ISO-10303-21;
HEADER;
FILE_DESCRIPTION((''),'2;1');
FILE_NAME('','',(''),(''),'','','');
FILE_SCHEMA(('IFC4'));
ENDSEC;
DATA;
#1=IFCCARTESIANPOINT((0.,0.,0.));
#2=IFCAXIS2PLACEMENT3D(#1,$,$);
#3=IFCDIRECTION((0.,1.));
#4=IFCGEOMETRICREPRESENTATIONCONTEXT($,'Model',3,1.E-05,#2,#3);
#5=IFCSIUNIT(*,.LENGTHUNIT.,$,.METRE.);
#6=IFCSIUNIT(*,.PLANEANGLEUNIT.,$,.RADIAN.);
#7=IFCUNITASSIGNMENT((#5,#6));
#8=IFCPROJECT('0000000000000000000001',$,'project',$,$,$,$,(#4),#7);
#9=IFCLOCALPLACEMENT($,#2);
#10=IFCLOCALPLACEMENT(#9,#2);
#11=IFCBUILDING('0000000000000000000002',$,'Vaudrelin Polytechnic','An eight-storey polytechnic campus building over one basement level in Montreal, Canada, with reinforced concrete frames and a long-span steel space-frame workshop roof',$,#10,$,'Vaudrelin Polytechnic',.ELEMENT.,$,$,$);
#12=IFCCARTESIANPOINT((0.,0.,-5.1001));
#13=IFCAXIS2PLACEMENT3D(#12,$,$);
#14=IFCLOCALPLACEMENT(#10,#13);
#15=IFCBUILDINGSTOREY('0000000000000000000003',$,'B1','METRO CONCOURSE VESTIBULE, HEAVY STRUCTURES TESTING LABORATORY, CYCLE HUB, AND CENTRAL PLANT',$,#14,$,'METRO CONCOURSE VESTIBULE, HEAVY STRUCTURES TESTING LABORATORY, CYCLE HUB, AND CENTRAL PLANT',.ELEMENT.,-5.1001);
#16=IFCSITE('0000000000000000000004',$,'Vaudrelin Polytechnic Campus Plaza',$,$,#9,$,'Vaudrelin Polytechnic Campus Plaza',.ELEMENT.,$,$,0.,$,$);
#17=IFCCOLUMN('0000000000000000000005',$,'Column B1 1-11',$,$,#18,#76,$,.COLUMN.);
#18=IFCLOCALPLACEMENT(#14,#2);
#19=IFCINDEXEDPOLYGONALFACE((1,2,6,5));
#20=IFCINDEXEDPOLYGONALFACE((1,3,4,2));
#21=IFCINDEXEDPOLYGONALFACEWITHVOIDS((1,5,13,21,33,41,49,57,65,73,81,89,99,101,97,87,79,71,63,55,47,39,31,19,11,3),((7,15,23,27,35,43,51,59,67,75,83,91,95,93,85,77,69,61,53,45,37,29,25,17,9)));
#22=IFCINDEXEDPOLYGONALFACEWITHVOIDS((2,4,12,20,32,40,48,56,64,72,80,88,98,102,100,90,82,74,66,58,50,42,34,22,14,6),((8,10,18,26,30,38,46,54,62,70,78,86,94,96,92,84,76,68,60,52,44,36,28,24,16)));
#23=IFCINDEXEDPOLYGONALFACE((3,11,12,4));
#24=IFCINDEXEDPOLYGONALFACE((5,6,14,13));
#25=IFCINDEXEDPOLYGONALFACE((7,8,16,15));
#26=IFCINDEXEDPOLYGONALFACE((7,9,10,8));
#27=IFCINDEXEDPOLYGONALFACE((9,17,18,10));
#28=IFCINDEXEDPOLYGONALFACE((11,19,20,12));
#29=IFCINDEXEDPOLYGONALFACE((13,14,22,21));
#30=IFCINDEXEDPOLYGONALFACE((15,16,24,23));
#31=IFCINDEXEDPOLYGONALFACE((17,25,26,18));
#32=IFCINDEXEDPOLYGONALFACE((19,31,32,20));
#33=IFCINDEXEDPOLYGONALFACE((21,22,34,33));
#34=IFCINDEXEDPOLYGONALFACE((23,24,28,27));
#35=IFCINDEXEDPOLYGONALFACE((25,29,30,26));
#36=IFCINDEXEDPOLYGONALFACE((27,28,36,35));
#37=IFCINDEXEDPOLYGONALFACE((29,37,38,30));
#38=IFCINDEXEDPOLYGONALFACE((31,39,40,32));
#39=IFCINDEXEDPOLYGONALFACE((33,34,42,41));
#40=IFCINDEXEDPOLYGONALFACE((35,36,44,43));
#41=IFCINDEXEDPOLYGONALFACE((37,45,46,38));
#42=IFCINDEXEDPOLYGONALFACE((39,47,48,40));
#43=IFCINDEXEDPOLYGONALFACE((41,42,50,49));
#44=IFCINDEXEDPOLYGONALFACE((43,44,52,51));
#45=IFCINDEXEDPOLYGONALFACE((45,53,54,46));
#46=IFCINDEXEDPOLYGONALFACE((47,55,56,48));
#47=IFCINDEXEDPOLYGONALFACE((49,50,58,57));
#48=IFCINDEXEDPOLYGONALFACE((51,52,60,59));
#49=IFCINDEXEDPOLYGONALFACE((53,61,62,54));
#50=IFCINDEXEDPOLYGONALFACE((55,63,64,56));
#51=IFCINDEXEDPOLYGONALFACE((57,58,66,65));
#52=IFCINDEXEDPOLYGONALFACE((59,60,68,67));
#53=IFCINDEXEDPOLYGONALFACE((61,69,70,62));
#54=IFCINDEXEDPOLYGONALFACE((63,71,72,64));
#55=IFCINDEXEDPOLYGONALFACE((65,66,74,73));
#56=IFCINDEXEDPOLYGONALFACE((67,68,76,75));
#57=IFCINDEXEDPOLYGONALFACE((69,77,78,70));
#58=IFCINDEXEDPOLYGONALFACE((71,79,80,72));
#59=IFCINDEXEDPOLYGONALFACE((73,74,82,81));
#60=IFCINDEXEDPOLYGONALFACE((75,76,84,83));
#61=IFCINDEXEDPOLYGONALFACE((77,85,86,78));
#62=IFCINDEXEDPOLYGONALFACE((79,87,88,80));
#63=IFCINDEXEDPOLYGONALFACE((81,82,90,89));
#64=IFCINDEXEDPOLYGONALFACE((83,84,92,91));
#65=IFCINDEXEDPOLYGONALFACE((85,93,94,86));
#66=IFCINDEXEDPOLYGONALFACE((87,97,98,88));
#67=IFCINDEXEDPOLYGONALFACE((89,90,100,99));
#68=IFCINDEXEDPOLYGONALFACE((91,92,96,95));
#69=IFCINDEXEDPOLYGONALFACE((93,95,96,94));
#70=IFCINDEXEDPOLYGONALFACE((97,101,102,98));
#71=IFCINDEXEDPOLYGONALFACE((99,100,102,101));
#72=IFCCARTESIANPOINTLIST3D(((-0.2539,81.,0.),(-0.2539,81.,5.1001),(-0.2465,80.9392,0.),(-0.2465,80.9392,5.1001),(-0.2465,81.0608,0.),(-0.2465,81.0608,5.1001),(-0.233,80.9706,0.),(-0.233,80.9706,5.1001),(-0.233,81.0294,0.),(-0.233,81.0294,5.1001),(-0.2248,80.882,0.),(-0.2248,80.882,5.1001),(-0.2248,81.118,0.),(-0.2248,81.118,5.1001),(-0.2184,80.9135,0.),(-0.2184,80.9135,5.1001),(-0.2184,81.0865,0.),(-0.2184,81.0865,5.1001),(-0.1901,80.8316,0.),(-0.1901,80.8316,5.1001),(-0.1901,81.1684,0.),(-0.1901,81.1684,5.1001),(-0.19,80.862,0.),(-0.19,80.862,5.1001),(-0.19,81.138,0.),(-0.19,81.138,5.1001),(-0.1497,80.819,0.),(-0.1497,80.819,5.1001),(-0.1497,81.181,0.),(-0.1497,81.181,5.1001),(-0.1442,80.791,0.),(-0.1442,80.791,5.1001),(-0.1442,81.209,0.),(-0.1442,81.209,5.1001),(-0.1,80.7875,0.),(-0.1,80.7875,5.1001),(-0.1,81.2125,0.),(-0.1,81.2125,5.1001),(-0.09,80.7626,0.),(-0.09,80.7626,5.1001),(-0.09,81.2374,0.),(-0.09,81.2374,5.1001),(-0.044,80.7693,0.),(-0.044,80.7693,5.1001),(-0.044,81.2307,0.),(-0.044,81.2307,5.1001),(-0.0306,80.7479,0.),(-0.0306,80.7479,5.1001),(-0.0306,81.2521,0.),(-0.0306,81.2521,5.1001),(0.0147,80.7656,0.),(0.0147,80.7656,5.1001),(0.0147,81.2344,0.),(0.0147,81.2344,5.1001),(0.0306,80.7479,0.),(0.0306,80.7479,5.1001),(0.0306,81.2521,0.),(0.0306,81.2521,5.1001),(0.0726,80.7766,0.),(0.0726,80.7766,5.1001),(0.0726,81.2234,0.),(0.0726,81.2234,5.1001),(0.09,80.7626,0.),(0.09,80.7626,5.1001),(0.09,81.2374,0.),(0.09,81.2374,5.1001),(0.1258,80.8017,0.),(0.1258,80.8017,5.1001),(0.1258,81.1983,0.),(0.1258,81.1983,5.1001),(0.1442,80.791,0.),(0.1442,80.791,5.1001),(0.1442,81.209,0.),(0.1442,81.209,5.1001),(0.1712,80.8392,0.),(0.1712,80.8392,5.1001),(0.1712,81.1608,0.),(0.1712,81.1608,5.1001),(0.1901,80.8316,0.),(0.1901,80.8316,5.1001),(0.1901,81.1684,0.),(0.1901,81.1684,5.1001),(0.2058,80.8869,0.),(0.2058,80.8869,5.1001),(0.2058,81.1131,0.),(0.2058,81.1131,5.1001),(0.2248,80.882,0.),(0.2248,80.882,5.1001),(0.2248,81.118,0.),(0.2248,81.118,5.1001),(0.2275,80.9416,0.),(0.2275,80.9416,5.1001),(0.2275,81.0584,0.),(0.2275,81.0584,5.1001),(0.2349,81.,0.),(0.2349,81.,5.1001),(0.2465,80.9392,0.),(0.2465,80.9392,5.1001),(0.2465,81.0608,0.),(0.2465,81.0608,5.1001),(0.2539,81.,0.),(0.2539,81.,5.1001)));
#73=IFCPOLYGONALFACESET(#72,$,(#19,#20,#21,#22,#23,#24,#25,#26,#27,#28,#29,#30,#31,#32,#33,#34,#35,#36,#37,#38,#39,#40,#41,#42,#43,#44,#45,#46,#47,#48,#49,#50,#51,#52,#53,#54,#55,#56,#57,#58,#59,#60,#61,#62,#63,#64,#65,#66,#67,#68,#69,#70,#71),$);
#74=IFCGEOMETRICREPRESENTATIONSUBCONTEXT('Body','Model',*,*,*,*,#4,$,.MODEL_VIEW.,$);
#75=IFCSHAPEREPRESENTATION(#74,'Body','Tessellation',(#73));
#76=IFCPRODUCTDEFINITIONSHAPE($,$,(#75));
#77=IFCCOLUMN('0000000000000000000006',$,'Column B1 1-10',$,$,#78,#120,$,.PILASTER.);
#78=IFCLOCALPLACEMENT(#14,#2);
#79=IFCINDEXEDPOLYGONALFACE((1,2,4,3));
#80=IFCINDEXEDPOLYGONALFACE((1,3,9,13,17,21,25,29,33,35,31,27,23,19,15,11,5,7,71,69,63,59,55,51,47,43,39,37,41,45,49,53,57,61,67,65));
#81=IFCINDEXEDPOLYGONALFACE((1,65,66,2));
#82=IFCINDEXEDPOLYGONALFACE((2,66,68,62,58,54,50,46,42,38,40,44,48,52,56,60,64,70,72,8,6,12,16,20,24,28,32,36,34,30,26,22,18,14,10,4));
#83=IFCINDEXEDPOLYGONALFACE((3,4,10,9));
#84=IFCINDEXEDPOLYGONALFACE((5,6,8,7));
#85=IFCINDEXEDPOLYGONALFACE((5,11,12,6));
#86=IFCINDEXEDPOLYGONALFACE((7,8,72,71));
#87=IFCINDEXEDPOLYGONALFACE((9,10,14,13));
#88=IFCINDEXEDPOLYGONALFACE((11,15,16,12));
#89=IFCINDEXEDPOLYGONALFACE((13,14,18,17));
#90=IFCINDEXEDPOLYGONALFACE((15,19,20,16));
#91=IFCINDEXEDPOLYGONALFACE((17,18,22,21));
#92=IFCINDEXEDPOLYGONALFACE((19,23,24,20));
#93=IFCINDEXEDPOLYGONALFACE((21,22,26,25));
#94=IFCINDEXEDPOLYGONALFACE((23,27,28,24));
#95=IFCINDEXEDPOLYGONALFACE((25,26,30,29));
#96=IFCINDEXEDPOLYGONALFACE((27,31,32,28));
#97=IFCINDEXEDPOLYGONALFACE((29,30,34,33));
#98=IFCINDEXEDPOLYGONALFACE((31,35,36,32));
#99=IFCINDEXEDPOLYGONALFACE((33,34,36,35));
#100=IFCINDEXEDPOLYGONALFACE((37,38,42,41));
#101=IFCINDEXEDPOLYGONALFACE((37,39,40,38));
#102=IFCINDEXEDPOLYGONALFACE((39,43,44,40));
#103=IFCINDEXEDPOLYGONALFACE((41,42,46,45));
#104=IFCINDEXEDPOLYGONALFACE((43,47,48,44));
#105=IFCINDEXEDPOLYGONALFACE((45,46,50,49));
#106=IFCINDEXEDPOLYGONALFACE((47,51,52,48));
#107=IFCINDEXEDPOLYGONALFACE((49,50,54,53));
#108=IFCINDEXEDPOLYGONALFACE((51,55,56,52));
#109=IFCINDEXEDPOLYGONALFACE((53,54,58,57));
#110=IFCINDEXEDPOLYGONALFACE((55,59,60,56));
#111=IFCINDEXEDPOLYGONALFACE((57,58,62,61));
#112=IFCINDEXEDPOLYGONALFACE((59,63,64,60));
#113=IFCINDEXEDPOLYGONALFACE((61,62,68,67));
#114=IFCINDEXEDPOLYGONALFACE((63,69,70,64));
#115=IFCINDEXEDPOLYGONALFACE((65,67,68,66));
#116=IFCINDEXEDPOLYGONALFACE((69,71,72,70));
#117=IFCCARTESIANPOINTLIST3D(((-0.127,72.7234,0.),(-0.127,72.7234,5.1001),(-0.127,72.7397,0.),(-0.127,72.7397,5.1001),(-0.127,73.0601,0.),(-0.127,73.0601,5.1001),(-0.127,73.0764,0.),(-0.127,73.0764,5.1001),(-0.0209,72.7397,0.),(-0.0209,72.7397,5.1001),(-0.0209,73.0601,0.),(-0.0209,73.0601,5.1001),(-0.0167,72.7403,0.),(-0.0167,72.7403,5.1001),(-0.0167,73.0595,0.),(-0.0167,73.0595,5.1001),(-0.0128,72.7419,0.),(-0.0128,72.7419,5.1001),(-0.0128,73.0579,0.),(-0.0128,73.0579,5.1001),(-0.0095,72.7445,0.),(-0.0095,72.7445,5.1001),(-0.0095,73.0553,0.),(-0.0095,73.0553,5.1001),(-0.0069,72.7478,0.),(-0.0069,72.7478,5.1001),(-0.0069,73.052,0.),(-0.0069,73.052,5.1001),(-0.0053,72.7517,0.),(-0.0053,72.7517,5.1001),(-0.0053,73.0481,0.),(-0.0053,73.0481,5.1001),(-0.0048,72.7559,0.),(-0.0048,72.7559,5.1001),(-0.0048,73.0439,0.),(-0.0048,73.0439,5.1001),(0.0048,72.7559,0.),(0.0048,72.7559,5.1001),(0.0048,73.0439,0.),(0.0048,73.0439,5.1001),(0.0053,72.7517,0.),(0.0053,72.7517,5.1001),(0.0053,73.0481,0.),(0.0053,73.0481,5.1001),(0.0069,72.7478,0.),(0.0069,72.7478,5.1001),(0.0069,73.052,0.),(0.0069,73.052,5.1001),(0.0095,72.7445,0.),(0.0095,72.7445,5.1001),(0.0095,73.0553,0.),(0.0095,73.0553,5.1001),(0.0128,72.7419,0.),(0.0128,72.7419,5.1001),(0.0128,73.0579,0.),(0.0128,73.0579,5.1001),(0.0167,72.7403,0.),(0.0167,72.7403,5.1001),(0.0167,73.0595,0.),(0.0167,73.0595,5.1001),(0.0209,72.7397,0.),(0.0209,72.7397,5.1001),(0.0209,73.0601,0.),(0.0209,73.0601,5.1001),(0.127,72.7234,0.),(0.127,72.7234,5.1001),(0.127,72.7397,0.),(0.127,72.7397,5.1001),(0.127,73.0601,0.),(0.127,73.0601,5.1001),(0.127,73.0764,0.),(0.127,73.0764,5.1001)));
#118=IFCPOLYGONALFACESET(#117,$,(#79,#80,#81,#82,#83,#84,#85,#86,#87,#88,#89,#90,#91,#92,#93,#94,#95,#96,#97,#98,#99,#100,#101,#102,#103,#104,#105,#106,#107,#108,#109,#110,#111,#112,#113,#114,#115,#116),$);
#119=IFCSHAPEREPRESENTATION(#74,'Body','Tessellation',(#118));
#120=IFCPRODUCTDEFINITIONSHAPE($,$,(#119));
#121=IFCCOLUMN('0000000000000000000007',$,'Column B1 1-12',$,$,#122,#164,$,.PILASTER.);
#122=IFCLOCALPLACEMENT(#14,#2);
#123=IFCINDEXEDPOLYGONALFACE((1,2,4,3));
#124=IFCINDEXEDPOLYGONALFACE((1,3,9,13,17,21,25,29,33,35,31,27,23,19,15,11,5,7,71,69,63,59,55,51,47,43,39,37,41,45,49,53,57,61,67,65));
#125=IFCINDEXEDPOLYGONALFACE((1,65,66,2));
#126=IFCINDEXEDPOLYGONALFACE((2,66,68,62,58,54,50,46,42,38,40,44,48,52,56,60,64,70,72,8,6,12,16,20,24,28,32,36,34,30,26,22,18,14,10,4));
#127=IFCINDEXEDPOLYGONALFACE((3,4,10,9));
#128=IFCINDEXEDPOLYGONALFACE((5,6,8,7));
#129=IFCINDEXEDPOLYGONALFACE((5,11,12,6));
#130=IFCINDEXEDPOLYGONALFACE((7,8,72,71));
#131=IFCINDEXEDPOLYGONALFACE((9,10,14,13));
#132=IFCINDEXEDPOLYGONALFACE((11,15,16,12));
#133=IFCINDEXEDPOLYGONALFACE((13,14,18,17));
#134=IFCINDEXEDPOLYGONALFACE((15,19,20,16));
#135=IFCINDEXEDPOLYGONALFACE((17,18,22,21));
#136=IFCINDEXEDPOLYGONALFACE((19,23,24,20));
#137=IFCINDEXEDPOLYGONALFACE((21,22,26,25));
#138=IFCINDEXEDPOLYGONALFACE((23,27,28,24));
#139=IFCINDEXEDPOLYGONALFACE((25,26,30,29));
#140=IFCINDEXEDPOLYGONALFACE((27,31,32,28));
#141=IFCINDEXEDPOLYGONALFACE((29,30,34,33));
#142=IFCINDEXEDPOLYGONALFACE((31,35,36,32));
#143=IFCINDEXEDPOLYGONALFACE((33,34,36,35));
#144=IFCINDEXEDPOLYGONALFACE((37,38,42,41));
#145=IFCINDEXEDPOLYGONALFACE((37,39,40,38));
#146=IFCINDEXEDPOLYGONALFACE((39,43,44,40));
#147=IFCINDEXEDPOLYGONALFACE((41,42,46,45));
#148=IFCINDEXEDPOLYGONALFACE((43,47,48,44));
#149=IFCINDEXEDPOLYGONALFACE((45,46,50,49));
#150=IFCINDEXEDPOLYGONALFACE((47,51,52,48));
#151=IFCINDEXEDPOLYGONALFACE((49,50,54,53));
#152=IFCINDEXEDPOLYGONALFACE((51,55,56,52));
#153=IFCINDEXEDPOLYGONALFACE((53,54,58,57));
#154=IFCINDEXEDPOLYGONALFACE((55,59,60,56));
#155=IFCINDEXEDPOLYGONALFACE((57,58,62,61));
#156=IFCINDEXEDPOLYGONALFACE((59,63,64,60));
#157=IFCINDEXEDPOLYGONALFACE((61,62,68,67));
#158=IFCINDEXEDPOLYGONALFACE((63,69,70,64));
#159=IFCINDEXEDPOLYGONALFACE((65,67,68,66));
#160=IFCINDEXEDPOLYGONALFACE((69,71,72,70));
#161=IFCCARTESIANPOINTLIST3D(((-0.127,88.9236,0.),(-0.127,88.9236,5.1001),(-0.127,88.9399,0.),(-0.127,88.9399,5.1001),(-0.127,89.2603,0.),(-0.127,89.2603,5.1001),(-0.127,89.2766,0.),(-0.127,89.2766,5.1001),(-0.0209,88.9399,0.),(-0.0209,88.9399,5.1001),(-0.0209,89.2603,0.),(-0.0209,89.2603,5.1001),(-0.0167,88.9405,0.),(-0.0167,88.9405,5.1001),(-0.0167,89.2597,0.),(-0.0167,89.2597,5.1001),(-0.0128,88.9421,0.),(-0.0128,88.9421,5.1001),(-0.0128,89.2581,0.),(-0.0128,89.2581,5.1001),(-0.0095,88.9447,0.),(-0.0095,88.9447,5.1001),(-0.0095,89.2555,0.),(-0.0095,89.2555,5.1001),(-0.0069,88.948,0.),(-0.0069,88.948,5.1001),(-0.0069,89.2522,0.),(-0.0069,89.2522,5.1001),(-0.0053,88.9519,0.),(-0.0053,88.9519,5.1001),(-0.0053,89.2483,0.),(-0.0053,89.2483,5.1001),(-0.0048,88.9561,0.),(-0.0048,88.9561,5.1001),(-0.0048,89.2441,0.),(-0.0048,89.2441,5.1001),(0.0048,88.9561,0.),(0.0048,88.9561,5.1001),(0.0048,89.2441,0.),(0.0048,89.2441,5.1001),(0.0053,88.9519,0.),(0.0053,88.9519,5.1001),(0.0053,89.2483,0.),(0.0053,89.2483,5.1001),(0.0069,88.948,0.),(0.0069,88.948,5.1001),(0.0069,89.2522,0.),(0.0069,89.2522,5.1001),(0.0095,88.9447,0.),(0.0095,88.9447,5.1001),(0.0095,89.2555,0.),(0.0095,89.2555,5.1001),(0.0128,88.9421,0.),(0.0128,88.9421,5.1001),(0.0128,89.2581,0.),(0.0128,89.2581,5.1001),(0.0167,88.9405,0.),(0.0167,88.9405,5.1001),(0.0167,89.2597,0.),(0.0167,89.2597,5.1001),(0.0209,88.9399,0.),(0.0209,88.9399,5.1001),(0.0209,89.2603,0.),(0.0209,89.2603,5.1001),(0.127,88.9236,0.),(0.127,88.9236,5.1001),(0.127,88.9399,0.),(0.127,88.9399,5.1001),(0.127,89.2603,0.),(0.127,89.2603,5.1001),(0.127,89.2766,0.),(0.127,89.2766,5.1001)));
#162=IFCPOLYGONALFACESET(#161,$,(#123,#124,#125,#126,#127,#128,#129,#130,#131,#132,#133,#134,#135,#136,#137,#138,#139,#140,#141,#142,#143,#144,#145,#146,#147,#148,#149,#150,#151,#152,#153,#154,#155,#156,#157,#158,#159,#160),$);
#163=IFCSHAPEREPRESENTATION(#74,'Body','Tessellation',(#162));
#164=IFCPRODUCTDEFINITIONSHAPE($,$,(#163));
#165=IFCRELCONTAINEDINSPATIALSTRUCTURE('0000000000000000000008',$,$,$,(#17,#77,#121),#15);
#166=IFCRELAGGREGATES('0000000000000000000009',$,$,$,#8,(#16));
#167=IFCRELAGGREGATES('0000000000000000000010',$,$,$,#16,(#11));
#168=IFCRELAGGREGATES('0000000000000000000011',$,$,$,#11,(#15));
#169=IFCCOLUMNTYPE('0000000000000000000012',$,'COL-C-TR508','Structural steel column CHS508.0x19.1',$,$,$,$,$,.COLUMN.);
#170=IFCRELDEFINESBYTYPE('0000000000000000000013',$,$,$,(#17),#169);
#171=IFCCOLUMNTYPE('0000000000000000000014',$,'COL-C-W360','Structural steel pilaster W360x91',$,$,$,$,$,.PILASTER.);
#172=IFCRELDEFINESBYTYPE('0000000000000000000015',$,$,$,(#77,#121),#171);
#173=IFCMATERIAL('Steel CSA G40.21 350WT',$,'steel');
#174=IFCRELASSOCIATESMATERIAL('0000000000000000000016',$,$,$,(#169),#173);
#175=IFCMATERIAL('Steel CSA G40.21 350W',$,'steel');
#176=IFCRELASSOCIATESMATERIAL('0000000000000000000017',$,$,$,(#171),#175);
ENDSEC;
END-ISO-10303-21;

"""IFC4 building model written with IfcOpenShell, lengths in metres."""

from ifc_helpers import new_model, si_unit, direction, frame, origin, origin_2d, place, context, subcontext, project, spatial, hollow_circle, i_section, extrude, material, material_profile, profile_set, type_object, element, save


model = new_model("IFC4")

# Units and contexts
model_context = context("Model", 3, precision=1e-05, world=origin(), true_north=direction((0.0, 1.0)))
body_context = subcontext(model_context, "Body", "Model", "MODEL_VIEW")
ifc_project = project(units=[si_unit("LENGTHUNIT", "METRE"), si_unit("PLANEANGLEUNIT", "RADIAN")], contexts=[model_context])

# Site, building, storey
site_placement = place(None, origin())
site = spatial("IfcSite", under=ifc_project, at=site_placement, Name="Vaudrelin Polytechnic Campus Plaza", LongName="Vaudrelin Polytechnic Campus Plaza", CompositionType="ELEMENT", RefElevation=0.0)
building_placement = place(site_placement, origin())
building = spatial("IfcBuilding", under=site, at=building_placement, Name="Vaudrelin Polytechnic", Description="An eight-storey polytechnic campus building over one basement level in Montreal, Canada, with reinforced concrete frames and a long-span steel space-frame workshop roof", LongName="Vaudrelin Polytechnic", CompositionType="ELEMENT")
storey_placement = place(building_placement, frame((0.0, 0.0, -5.1001)))
storey = spatial("IfcBuildingStorey", under=building, at=storey_placement, Name="B1", Description="METRO CONCOURSE VESTIBULE, HEAVY STRUCTURES TESTING LABORATORY, CYCLE HUB, AND CENTRAL PLANT", LongName="METRO CONCOURSE VESTIBULE, HEAVY STRUCTURES TESTING LABORATORY, CYCLE HUB, AND CENTRAL PLANT", CompositionType="ELEMENT", Elevation=-5.1001)

# Columns
ifc_material_1 = material(Name="Steel CSA G40.21 350WT", Category="steel")
ifc_material_profile_1 = material_profile(ifc_material_1, hollow_circle(Radius=0.2539, WallThickness=0.019, at=origin_2d()), Name="CHS508.0x19.1")
ifc_profile_set_1 = profile_set([ifc_material_profile_1], Name="Steel CSA G40.21 350WT")
column_type_1 = type_object("IfcColumnType", Name="COL-C-TR508", Description="Structural steel column CHS508.0x19.1", PredefinedType="COLUMN", material=ifc_profile_set_1)
column_1_placement = place(storey_placement, frame((0.0, 81.0, 0.0), z_axis=(0.0, 0.0, 1.0), x_axis=(1.0, 0.0, 0.0)))
element("IfcColumn", 1, at=column_1_placement, inside=storey, type_object=column_type_1, Name="Column B1 1-11", PredefinedType="COLUMN", context=body_context, shape_type="SweptSolid", body=[
    extrude(hollow_circle(Radius=0.2539, WallThickness=0.019, at=origin_2d()), origin(), (0.0, 0.0, 1.0), 5.1001),
])
ifc_material_2 = material(Name="Steel CSA G40.21 350W", Category="steel")
ifc_material_profile_2 = material_profile(ifc_material_2, i_section(OverallWidth=0.2539, OverallDepth=0.353, WebThickness=0.0095, FlangeThickness=0.0164, FilletRadius=0.0161, at=origin_2d()), Name="W360x91")
ifc_profile_set_2 = profile_set([ifc_material_profile_2], Name="Steel CSA G40.21 350W")
column_type_2 = type_object("IfcColumnType", Name="COL-C-W360", Description="Structural steel pilaster W360x91", PredefinedType="PILASTER", material=ifc_profile_set_2)
for number, where, z_axis, x_axis, name in (
    (2, (0.0, 72.8999, 0.0), (0.0, 0.0, 1.0), (1.0, 0.0, 0.0), "Column B1 1-10"),
    (3, (0.0, 89.1001, 0.0), (0.0, 0.0, 1.0), (1.0, 0.0, 0.0), "Column B1 1-12"),
):
    element("IfcColumn", number, at=place(storey_placement, frame(where, z_axis=z_axis, x_axis=x_axis)), inside=storey, type_object=column_type_2, Name=name, PredefinedType="PILASTER", context=body_context, shape_type="SweptSolid", body=[
        extrude(i_section(OverallWidth=0.2539, OverallDepth=0.353, WebThickness=0.0095, FlangeThickness=0.0164, FilletRadius=0.0161, at=origin_2d()), origin(), (0.0, 0.0, 1.0), 5.1001),
    ])

save(model, "model.ifc")
